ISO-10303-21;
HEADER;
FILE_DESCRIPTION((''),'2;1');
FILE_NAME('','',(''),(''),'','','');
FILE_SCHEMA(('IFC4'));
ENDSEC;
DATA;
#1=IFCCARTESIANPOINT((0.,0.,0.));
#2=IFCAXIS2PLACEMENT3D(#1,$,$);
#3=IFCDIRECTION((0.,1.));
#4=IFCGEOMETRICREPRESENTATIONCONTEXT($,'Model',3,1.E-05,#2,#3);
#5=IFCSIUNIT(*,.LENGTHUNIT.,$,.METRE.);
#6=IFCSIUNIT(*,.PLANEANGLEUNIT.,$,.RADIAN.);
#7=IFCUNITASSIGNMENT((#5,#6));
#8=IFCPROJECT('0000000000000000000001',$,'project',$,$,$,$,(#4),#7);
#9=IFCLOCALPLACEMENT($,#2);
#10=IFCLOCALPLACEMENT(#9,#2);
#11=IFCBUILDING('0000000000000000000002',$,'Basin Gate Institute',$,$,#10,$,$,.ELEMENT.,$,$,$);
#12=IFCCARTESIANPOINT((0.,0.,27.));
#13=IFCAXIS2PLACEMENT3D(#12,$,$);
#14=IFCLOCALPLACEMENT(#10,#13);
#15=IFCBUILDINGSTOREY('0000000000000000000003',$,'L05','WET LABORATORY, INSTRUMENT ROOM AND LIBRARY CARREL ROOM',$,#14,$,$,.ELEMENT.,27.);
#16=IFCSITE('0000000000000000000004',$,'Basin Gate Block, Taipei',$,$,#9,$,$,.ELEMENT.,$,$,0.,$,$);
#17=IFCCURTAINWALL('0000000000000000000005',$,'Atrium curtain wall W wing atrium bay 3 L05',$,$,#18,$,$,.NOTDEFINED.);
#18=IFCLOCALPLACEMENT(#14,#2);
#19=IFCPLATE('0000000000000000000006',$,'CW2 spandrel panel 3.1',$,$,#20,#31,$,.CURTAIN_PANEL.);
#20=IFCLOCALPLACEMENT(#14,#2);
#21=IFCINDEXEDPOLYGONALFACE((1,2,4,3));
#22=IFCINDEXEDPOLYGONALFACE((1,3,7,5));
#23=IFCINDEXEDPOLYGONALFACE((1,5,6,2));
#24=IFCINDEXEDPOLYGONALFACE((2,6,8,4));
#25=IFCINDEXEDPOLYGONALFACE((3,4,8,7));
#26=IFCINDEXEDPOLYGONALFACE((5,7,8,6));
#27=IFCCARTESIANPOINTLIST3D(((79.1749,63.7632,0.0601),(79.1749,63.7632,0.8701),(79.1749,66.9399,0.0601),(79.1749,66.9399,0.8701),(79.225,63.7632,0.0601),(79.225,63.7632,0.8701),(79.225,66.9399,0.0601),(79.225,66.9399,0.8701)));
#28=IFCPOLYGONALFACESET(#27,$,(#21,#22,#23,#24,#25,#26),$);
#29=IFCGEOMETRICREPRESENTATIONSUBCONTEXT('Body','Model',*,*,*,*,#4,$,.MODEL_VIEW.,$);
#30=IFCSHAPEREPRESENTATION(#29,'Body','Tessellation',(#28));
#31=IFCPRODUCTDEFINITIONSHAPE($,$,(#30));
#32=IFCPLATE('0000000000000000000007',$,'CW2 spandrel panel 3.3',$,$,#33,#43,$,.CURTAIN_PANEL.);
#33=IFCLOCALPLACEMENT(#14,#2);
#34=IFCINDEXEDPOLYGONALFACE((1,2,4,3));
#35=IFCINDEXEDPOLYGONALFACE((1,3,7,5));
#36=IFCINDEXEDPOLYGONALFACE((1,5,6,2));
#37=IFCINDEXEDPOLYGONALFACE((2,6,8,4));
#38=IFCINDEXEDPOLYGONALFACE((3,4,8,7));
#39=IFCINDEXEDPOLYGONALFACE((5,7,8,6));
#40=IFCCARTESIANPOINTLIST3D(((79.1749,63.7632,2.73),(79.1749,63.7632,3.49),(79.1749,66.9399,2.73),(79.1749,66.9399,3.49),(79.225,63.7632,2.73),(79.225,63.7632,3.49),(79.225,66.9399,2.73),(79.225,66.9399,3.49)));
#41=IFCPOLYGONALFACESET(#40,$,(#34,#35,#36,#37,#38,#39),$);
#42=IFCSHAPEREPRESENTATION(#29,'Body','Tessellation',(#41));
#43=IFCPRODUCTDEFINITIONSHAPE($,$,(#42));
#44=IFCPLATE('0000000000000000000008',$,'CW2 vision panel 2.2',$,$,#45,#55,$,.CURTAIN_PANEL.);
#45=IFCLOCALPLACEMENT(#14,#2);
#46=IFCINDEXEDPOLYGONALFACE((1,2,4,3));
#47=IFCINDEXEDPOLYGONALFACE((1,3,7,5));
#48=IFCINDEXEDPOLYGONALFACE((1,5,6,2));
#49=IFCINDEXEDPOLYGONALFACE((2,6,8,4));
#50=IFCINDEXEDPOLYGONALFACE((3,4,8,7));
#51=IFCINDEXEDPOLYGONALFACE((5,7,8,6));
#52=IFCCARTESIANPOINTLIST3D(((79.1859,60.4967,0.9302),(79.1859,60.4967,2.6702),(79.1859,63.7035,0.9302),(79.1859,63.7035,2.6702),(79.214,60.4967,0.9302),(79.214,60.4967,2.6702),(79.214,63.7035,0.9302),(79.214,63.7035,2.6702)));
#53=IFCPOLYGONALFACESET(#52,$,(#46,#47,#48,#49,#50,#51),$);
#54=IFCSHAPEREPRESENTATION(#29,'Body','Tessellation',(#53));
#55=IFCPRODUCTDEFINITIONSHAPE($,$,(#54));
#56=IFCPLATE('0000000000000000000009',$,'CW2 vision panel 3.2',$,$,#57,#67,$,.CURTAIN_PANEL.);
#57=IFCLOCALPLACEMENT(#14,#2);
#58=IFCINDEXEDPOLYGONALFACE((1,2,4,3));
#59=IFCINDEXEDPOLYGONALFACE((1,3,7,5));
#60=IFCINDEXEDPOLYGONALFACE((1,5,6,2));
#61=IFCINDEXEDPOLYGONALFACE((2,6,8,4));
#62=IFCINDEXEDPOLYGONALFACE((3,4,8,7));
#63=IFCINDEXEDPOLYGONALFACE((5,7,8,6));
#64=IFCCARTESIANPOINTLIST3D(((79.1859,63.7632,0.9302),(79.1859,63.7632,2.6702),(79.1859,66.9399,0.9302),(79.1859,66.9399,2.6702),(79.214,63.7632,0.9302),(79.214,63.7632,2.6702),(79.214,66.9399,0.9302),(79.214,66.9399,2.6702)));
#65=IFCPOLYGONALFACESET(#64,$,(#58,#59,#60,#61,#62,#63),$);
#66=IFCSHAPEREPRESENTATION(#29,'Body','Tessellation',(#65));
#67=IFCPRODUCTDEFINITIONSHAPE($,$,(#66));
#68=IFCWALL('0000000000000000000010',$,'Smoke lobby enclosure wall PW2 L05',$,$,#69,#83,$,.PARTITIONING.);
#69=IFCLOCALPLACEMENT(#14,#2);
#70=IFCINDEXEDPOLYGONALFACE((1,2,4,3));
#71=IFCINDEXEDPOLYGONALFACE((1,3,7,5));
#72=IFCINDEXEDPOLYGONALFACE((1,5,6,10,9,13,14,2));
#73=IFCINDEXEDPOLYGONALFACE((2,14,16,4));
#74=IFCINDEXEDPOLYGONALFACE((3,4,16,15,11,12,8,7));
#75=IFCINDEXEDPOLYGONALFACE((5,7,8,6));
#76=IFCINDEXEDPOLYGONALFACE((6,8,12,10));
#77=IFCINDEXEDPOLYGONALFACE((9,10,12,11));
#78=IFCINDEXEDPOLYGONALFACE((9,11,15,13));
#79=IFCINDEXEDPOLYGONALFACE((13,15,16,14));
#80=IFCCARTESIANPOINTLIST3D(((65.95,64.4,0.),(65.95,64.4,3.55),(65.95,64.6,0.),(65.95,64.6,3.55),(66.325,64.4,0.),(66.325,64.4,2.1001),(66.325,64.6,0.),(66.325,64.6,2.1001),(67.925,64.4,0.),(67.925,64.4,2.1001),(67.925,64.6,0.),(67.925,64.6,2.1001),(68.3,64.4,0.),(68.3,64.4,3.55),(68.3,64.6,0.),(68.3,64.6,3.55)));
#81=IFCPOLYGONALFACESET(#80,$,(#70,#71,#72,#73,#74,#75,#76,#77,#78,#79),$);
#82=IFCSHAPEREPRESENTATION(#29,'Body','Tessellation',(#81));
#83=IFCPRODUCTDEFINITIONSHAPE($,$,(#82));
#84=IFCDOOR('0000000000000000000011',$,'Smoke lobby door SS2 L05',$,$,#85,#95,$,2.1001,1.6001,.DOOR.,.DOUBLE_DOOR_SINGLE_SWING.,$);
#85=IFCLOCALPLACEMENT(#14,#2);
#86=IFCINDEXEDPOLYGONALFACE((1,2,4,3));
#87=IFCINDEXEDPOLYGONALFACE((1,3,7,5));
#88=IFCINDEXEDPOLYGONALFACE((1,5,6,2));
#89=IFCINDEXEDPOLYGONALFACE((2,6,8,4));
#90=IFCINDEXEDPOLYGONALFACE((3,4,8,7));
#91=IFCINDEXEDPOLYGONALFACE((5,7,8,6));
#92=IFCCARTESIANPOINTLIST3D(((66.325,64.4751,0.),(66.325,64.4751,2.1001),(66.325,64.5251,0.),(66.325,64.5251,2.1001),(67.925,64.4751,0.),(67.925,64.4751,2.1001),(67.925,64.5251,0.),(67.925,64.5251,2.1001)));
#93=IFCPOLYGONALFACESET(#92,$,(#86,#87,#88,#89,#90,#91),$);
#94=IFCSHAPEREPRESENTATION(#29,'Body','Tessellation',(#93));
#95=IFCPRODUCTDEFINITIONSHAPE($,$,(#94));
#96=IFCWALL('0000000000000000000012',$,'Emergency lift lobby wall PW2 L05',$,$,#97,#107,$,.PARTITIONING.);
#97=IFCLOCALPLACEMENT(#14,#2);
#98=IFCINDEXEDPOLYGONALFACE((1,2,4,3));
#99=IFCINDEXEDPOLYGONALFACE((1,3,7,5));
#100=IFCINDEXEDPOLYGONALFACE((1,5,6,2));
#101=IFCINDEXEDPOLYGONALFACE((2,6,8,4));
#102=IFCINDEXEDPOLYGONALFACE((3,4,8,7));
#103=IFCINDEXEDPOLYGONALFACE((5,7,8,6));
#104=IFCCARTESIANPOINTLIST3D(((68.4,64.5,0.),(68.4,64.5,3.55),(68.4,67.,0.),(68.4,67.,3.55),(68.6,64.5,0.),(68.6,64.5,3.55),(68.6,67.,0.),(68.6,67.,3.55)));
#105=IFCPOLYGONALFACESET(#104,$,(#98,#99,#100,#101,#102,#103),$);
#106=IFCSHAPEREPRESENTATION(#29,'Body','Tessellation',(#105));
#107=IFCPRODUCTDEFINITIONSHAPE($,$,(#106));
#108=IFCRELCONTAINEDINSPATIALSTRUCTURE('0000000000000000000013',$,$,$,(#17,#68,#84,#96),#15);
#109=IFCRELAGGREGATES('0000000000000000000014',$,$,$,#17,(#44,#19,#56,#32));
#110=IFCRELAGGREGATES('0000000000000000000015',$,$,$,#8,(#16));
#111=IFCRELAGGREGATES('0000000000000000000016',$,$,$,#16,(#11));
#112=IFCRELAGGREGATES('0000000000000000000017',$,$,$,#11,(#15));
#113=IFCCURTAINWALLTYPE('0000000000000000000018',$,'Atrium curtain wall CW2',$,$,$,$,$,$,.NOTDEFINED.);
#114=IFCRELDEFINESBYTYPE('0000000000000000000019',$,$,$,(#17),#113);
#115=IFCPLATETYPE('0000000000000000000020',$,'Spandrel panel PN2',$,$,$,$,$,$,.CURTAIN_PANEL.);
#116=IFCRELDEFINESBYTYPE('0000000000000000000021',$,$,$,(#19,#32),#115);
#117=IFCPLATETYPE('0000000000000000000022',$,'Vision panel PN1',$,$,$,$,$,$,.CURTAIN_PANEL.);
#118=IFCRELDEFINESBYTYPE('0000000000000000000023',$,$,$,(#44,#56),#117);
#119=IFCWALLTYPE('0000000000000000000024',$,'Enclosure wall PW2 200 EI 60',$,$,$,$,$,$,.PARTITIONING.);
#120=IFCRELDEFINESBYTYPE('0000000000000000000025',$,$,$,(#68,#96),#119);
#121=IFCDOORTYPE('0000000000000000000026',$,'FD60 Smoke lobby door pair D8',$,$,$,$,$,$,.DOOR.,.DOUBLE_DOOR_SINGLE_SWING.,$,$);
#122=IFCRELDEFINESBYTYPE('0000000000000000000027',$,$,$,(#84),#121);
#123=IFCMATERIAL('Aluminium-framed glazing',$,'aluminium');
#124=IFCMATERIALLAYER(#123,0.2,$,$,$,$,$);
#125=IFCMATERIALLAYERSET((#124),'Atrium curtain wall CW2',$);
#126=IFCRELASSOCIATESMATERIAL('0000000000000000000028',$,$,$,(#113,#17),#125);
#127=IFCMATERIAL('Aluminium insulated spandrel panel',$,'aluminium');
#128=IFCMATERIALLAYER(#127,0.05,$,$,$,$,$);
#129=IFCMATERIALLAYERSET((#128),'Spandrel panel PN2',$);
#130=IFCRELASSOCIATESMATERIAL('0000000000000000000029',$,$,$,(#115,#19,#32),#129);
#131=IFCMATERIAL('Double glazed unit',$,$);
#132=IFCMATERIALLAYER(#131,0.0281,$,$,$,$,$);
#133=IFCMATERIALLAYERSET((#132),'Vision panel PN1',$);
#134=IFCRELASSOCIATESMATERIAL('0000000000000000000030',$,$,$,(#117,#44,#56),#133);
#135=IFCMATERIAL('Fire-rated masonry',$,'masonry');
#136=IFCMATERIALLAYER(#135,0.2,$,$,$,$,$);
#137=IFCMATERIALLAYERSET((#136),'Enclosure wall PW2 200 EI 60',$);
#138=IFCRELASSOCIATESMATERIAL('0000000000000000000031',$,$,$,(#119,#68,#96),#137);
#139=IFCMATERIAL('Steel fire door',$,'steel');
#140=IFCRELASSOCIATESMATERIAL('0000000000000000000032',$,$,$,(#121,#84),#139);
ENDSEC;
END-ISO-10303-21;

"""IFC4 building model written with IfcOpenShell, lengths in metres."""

from ifc_helpers import new_model, si_unit, direction, frame, frame_2d, origin, origin_2d, place, context, subcontext, project, spatial, rectangle, extrude, material, layer, layer_set, type_object, element, fill, aggregate, save


model = new_model("IFC4")

# Units and contexts
model_context = context("Model", 3, precision=1e-05, world=origin(), true_north=direction((0.0, 1.0)))
body_context = subcontext(model_context, "Body", "Model", "MODEL_VIEW")
ifc_project = project(units=[si_unit("LENGTHUNIT", "METRE"), si_unit("PLANEANGLEUNIT", "RADIAN")], contexts=[model_context])

# Site, building, storey
site_placement = place(None, origin())
site = spatial("IfcSite", under=ifc_project, at=site_placement, Name="Basin Gate Block, Taipei", CompositionType="ELEMENT", RefElevation=0.0)
building_placement = place(site_placement, origin())
building = spatial("IfcBuilding", under=site, at=building_placement, Name="Basin Gate Institute", CompositionType="ELEMENT")
storey_placement = place(building_placement, frame((0.0, 0.0, 27.0)))
storey = spatial("IfcBuildingStorey", under=building, at=storey_placement, Name="L05", Description="WET LABORATORY, INSTRUMENT ROOM AND LIBRARY CARREL ROOM", CompositionType="ELEMENT", Elevation=27.0)

# Curtain wall
ifc_material_1 = material(Name="Aluminium-framed glazing", Category="aluminium")
ifc_layer_1 = layer(ifc_material_1, 0.2)
ifc_layer_set_1 = layer_set([ifc_layer_1], Name="Atrium curtain wall CW2")
curtain_wall_type = type_object("IfcCurtainWallType", Name="Atrium curtain wall CW2", PredefinedType="NOTDEFINED", material=ifc_layer_set_1)
curtain_wall_placement = place(storey_placement, origin())
curtain_wall = element("IfcCurtainWall", 1, at=curtain_wall_placement, inside=storey, type_object=curtain_wall_type, material=ifc_layer_set_1, Name="Atrium curtain wall W wing atrium bay 3 L05", PredefinedType="NOTDEFINED")

# Plates
ifc_material_2 = material(Name="Aluminium insulated spandrel panel", Category="aluminium")
ifc_layer_2 = layer(ifc_material_2, 0.05)
ifc_layer_set_2 = layer_set([ifc_layer_2], Name="Spandrel panel PN2")
plate_type_1 = type_object("IfcPlateType", Name="Spandrel panel PN2", PredefinedType="CURTAIN_PANEL", material=ifc_layer_set_2)
plate_1_placement = place(storey_placement, frame((79.2, 65.3516, 0.0601), z_axis=(0.0, 0.0, 1.0), x_axis=(0.0, 1.0, 0.0)))
plate_1 = element("IfcPlate", 2, at=plate_1_placement, type_object=plate_type_1, material=ifc_layer_set_2, Name="CW2 spandrel panel 3.1", PredefinedType="CURTAIN_PANEL", context=body_context, shape_type="SweptSolid", body=[
    extrude(rectangle(XDim=3.1768, YDim=0.05, at=origin_2d()), origin(), (0.0, 0.0, 1.0), 0.8101),
])
plate_2_placement = place(storey_placement, frame((79.2, 65.3516, 2.73), z_axis=(0.0, 0.0, 1.0), x_axis=(0.0, 1.0, 0.0)))
plate_2 = element("IfcPlate", 3, at=plate_2_placement, type_object=plate_type_1, material=ifc_layer_set_2, Name="CW2 spandrel panel 3.3", PredefinedType="CURTAIN_PANEL", context=body_context, shape_type="SweptSolid", body=[
    extrude(rectangle(XDim=3.1768, YDim=0.05, at=origin_2d()), origin(), (0.0, 0.0, 1.0), 0.76),
])
ifc_material_3 = material(Name="Double glazed unit")
ifc_layer_3 = layer(ifc_material_3, 0.0281)
ifc_layer_set_3 = layer_set([ifc_layer_3], Name="Vision panel PN1")
plate_type_2 = type_object("IfcPlateType", Name="Vision panel PN1", PredefinedType="CURTAIN_PANEL", material=ifc_layer_set_3)
plate_3_placement = place(storey_placement, frame((79.2, 62.1001, 0.9302), z_axis=(0.0, 0.0, 1.0), x_axis=(0.0, 1.0, 0.0)))
plate_3 = element("IfcPlate", 4, at=plate_3_placement, type_object=plate_type_2, material=ifc_layer_set_3, Name="CW2 vision panel 2.2", PredefinedType="CURTAIN_PANEL", context=body_context, shape_type="SweptSolid", body=[
    extrude(rectangle(XDim=3.2068, YDim=0.0281, at=origin_2d()), origin(), (0.0, 0.0, 1.0), 1.74),
])
plate_4_placement = place(storey_placement, frame((79.2, 65.3516, 0.9302), z_axis=(0.0, 0.0, 1.0), x_axis=(0.0, 1.0, 0.0)))
plate_4 = element("IfcPlate", 5, at=plate_4_placement, type_object=plate_type_2, material=ifc_layer_set_3, Name="CW2 vision panel 3.2", PredefinedType="CURTAIN_PANEL", context=body_context, shape_type="SweptSolid", body=[
    extrude(rectangle(XDim=3.1768, YDim=0.0281, at=origin_2d()), origin(), (0.0, 0.0, 1.0), 1.74),
])
aggregate(curtain_wall, [plate_3, plate_1, plate_4, plate_2])

# Wall, opening, door
ifc_material_4 = material(Name="Fire-rated masonry", Category="masonry")
ifc_layer_4 = layer(ifc_material_4, 0.2)
ifc_layer_set_4 = layer_set([ifc_layer_4], Name="Enclosure wall PW2 200 EI 60")
wall_type = type_object("IfcWallType", Name="Enclosure wall PW2 200 EI 60", PredefinedType="PARTITIONING", material=ifc_layer_set_4)
wall_1_placement = place(storey_placement, frame((65.95, 64.5, 0.0), z_axis=(0.0, 0.0, 1.0), x_axis=(1.0, 0.0, 0.0)))
wall_1 = element("IfcWall", 6, at=wall_1_placement, inside=storey, type_object=wall_type, material=ifc_layer_set_4, Name="Smoke lobby enclosure wall PW2 L05", PredefinedType="PARTITIONING", context=body_context, shape_type="SweptSolid", body=[
    extrude(rectangle(XDim=2.3501, YDim=0.2, at=frame_2d((1.175, 0.0))), origin(), (0.0, 0.0, 1.0), 3.55),
])
opening_placement = place(wall_1_placement, frame((0.375, 0.0, 0.0)))
opening = element("IfcOpeningElement", 7, at=opening_placement, cuts=wall_1, PredefinedType="OPENING", context=body_context, shape_type="SweptSolid", body=[
    extrude(rectangle(XDim=1.6001, YDim=2.1001, at=frame_2d((0.8, 1.05))), frame((0.0, 0.1099, 0.0), z_axis=(0.0, -1.0, 0.0), x_axis=(1.0, 0.0, 0.0)), (0.0, 0.0, 1.0), 0.22),
])
ifc_material_5 = material(Name="Steel fire door", Category="steel")
door_type = type_object("IfcDoorType", Name="FD60 Smoke lobby door pair D8", OperationType="DOUBLE_DOOR_SINGLE_SWING", PredefinedType="DOOR", material=ifc_material_5)
door_placement = place(opening_placement, frame((1.6001, 0.0, 0.0), z_axis=(0.0, 0.0, 1.0), x_axis=(-1.0, 0.0, 0.0)))
door = element("IfcDoor", 8, at=door_placement, inside=storey, type_object=door_type, material=ifc_material_5, Name="Smoke lobby door SS2 L05", OperationType="DOUBLE_DOOR_SINGLE_SWING", OverallHeight=2.1001, OverallWidth=1.6001, PredefinedType="DOOR", context=body_context, shape_type="SweptSolid", body=[
    extrude(rectangle(XDim=1.6001, YDim=2.1001, at=frame_2d((0.8, 1.05))), frame((0.0, 0.0249, 0.0), z_axis=(0.0, -1.0, 0.0), x_axis=(1.0, 0.0, 0.0)), (0.0, 0.0, 1.0), 0.05),
])
fill(opening, door)

# Wall
wall_2_placement = place(storey_placement, frame((68.5, 64.5, 0.0), z_axis=(0.0, 0.0, 1.0), x_axis=(0.0, 1.0, 0.0)))
element("IfcWall", 9, at=wall_2_placement, inside=storey, type_object=wall_type, material=ifc_layer_set_4, Name="Emergency lift lobby wall PW2 L05", PredefinedType="PARTITIONING", context=body_context, shape_type="SweptSolid", body=[
    extrude(rectangle(XDim=2.5, YDim=0.2, at=frame_2d((1.25, 0.0))), origin(), (0.0, 0.0, 1.0), 3.55),
])

save(model, "model.ifc")
